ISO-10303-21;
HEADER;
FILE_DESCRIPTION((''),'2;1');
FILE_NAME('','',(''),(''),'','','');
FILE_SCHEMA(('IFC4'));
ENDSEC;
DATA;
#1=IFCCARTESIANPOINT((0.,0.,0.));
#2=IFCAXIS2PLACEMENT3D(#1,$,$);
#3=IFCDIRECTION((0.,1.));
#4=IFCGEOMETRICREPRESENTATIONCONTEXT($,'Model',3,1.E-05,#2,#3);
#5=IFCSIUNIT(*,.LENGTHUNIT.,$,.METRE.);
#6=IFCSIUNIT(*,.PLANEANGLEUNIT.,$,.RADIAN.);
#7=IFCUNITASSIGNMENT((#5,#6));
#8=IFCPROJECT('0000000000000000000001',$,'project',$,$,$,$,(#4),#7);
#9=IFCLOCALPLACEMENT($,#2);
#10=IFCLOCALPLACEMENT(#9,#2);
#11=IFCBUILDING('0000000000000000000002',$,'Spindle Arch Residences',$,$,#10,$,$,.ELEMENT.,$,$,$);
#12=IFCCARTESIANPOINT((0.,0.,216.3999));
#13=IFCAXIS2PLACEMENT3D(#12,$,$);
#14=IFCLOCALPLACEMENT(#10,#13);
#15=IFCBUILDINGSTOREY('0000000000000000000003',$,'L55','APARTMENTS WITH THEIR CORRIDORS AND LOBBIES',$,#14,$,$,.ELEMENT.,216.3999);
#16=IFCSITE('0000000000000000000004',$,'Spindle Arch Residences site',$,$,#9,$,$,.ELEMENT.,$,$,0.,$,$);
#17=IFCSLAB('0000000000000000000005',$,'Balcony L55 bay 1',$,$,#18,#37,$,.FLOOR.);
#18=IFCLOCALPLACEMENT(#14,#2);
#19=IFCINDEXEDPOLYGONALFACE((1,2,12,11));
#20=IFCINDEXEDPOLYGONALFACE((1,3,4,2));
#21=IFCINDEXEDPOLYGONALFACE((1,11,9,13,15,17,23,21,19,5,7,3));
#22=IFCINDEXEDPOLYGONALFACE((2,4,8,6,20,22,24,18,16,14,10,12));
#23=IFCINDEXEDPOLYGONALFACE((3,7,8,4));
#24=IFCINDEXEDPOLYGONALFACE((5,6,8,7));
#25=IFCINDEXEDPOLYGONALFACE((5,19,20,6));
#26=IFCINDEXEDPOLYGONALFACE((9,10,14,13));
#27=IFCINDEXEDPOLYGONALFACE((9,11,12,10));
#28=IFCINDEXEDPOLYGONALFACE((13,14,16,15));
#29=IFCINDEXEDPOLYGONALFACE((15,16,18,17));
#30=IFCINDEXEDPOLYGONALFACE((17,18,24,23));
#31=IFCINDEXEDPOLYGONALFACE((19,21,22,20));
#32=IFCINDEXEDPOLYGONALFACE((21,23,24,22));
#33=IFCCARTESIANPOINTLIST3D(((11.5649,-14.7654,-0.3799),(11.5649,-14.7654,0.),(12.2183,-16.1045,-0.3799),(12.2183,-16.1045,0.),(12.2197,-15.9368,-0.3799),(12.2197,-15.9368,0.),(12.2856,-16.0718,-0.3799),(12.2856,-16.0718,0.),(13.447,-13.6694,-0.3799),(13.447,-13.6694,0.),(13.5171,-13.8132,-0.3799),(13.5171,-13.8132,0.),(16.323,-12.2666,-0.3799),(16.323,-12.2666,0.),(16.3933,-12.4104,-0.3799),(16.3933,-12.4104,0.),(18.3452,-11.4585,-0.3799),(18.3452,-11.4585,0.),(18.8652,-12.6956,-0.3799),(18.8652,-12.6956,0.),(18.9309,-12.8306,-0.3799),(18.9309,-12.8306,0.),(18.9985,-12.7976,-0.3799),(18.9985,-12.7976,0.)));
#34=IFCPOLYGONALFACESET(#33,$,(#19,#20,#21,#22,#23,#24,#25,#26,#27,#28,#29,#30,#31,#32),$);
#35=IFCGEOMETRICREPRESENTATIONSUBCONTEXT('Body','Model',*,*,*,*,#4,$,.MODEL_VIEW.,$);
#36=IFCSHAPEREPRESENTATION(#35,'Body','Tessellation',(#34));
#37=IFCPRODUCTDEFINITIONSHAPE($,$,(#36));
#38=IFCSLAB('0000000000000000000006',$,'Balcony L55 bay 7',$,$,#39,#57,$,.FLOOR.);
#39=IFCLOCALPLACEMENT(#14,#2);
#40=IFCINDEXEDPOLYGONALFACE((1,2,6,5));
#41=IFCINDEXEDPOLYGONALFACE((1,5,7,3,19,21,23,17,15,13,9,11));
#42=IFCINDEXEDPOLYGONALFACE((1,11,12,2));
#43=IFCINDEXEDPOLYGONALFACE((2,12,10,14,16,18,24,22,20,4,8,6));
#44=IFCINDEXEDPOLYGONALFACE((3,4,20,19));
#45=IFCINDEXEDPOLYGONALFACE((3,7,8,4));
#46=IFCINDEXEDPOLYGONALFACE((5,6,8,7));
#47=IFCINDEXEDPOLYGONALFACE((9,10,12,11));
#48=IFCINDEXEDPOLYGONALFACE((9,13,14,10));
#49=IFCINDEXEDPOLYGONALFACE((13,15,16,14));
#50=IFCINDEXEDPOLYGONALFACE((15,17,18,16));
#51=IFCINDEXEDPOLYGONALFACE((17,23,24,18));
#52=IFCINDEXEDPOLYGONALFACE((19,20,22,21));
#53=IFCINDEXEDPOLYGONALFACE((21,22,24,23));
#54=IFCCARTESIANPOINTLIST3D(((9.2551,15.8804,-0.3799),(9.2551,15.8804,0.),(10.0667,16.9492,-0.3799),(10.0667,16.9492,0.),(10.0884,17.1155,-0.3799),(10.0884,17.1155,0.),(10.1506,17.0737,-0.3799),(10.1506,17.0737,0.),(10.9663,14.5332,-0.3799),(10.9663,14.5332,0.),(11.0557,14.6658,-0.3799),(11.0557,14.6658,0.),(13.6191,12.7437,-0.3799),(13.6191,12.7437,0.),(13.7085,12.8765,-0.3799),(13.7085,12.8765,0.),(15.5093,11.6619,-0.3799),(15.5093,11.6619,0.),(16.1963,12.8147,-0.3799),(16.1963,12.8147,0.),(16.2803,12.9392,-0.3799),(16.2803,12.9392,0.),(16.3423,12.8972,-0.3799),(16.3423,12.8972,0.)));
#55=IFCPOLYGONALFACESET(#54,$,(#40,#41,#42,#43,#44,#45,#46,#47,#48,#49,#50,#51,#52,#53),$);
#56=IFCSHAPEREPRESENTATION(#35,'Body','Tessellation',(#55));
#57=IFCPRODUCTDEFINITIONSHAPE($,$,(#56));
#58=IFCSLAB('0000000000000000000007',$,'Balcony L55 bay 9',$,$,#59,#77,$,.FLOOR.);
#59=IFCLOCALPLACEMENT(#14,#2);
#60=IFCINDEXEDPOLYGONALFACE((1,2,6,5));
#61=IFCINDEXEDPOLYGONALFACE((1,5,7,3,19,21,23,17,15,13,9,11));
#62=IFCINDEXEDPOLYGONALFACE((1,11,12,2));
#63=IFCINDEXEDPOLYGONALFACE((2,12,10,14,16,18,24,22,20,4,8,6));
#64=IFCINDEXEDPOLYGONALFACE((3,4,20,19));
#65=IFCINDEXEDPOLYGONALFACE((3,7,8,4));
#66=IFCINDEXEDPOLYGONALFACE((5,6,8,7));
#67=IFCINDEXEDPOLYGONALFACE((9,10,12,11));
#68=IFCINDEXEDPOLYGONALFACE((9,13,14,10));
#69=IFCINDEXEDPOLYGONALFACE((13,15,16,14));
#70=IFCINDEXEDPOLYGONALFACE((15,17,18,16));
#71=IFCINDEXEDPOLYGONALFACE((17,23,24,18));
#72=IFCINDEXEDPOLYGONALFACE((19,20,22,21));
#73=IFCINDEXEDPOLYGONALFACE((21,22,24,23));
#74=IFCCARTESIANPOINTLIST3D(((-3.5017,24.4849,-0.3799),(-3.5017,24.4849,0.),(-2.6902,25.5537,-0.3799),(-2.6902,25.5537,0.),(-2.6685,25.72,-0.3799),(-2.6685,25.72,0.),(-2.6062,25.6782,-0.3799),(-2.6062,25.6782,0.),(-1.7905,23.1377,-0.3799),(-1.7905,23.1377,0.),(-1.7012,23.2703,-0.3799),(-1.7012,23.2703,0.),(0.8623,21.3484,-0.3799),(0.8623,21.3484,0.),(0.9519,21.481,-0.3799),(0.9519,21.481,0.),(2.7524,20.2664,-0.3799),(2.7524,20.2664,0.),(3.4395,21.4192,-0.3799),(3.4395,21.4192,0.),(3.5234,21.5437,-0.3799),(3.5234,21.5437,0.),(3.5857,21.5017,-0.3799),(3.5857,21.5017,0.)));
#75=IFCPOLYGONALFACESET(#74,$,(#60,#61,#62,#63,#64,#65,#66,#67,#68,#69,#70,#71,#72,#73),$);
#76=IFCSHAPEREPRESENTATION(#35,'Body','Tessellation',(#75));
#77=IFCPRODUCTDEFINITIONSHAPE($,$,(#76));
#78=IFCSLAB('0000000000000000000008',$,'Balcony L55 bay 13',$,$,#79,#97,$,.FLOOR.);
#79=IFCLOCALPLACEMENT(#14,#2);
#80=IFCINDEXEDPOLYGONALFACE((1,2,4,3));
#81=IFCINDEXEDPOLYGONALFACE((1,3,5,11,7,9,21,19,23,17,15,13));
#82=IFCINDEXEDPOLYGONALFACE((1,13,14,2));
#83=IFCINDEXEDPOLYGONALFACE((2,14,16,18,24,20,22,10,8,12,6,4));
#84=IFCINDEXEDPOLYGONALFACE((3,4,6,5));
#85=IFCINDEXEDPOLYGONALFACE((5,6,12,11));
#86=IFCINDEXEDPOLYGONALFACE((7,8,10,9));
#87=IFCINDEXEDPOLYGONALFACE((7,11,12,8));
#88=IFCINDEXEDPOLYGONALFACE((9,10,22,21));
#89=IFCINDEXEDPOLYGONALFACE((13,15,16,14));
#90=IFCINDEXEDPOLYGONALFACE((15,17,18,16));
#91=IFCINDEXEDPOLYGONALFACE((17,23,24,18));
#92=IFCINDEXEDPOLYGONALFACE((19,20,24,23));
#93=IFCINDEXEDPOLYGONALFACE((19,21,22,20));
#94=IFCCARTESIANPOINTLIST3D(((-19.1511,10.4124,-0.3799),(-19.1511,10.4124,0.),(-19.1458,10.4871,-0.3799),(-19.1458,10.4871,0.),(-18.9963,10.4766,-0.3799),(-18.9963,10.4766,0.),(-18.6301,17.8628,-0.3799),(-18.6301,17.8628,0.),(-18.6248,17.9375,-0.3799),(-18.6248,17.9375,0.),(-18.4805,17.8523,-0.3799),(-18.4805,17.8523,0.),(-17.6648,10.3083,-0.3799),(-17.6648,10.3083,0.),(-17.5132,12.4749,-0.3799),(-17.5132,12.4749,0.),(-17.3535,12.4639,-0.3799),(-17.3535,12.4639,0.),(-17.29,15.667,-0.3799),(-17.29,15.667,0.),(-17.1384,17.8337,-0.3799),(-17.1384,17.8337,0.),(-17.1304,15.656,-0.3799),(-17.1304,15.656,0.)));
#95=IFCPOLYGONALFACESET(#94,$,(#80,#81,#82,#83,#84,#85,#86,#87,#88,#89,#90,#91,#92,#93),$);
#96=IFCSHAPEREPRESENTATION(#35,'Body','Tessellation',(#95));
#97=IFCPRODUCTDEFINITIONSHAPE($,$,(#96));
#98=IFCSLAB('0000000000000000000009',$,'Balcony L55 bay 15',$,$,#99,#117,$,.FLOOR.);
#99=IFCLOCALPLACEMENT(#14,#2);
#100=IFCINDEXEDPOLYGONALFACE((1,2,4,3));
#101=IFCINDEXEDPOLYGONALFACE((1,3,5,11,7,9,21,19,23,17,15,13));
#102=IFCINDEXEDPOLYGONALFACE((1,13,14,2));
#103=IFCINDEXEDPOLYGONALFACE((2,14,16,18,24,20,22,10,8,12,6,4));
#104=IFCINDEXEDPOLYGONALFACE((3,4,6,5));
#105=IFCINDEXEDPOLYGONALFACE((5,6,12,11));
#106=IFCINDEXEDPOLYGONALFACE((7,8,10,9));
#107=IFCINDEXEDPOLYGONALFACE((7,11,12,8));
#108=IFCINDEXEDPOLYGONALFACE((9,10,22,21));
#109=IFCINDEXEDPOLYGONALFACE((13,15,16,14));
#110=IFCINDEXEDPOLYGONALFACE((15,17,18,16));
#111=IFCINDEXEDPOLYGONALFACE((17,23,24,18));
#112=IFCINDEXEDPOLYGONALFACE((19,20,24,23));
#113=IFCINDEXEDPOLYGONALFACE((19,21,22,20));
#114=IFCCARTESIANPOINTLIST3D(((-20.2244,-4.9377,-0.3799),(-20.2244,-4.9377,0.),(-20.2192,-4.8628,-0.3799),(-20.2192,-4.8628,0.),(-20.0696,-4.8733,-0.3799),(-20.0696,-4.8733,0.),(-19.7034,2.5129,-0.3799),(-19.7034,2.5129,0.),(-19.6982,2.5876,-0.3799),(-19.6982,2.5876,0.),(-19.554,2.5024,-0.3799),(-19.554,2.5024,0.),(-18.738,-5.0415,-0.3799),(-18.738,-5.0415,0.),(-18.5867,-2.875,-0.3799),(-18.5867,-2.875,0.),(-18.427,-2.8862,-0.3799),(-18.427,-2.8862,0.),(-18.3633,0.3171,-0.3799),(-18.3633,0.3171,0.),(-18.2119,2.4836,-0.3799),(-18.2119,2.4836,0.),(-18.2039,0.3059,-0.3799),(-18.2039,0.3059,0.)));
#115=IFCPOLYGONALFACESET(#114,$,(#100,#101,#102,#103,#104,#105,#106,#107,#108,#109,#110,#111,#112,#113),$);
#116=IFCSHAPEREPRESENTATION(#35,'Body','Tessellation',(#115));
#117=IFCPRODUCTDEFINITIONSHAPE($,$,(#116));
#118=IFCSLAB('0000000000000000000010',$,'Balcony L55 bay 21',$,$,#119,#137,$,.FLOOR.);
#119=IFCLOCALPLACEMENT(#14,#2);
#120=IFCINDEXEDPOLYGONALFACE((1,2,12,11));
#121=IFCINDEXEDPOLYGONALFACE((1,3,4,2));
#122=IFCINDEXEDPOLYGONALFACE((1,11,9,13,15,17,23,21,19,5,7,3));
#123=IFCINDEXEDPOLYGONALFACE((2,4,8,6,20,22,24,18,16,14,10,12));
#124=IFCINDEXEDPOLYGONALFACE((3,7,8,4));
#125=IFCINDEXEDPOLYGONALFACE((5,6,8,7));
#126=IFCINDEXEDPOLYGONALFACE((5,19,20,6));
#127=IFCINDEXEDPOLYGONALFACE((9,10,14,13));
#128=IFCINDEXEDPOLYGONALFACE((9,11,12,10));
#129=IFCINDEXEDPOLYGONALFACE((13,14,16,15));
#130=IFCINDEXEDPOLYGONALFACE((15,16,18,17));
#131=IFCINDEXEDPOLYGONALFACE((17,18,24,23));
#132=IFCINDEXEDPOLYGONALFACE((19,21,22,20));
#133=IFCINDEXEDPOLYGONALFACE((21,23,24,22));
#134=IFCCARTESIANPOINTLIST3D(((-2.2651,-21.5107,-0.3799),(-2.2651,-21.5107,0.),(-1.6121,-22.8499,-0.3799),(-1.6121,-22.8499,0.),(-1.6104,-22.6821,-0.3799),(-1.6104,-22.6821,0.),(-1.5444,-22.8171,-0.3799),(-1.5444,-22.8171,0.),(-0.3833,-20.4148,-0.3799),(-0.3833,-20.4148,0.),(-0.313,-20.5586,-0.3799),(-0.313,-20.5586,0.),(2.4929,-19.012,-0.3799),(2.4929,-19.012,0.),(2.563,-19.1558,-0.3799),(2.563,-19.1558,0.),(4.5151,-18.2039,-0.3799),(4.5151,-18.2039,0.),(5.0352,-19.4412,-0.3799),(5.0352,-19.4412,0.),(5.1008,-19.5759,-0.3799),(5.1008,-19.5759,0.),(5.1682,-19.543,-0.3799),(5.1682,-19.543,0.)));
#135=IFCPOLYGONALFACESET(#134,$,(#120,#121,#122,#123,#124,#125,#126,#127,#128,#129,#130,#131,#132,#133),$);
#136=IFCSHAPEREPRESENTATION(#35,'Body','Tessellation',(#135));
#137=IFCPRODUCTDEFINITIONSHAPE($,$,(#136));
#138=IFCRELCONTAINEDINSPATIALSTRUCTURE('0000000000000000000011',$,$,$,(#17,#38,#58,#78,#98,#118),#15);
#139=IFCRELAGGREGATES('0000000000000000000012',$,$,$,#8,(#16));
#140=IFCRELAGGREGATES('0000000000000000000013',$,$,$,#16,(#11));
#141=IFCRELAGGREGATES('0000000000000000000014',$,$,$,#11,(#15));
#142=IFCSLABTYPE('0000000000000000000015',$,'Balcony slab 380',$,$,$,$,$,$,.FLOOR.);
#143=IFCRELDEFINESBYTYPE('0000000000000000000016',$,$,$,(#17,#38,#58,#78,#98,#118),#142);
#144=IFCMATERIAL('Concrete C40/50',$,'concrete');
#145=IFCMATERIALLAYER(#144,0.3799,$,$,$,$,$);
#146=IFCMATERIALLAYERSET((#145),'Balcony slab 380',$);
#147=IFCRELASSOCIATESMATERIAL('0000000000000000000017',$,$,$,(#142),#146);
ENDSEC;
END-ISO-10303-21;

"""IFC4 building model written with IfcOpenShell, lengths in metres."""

from ifc_helpers import new_model, si_unit, direction, frame, origin, place, context, subcontext, project, spatial, polyline, outline, extrude, material, layer, layer_set, type_object, element, save


model = new_model("IFC4")

# Units and contexts
model_context = context("Model", 3, precision=1e-05, world=origin(), true_north=direction((0.0, 1.0)))
body_context = subcontext(model_context, "Body", "Model", "MODEL_VIEW")
ifc_project = project(units=[si_unit("LENGTHUNIT", "METRE"), si_unit("PLANEANGLEUNIT", "RADIAN")], contexts=[model_context])

# Site, building, storey
site_placement = place(None, origin())
site = spatial("IfcSite", under=ifc_project, at=site_placement, Name="Spindle Arch Residences site", CompositionType="ELEMENT", RefElevation=0.0)
building_placement = place(site_placement, origin())
building = spatial("IfcBuilding", under=site, at=building_placement, Name="Spindle Arch Residences", CompositionType="ELEMENT")
storey_placement = place(building_placement, frame((0.0, 0.0, 216.3999)))
storey = spatial("IfcBuildingStorey", under=building, at=storey_placement, Name="L55", Description="APARTMENTS WITH THEIR CORRIDORS AND LOBBIES", CompositionType="ELEMENT", Elevation=216.3999)

# Slabs
ifc_material_1 = material(Name="Concrete C40/50", Category="concrete")
ifc_layer_1 = layer(ifc_material_1, 0.3799)
ifc_layer_set_1 = layer_set([ifc_layer_1], Name="Balcony slab 380")
slab_type_1 = type_object("IfcSlabType", Name="Balcony slab 380", PredefinedType="FLOOR", material=ifc_layer_set_1)
slab_1_placement = place(storey_placement, frame((0.0, 0.0, -0.3799)))
element("IfcSlab", 1, at=slab_1_placement, inside=storey, type_object=slab_type_1, Name="Balcony L55 bay 1", PredefinedType="FLOOR", context=body_context, shape_type="SweptSolid", body=[
    extrude(outline(polyline([(12.2183, -16.1045), (12.2856, -16.0718), (12.2197, -15.9368), (18.8652, -12.6956), (18.9309, -12.8306), (18.9985, -12.7976), (18.3452, -11.4585), (16.3933, -12.4104), (16.323, -12.2666), (13.447, -13.6694), (13.5171, -13.8132), (11.5649, -14.7654), (12.2183, -16.1045)])), origin(), (0.0, 0.0, 1.0), 0.3799),
])
slab_2_placement = place(storey_placement, frame((0.0, 0.0, -0.3799)))
element("IfcSlab", 2, at=slab_2_placement, inside=storey, type_object=slab_type_1, Name="Balcony L55 bay 7", PredefinedType="FLOOR", context=body_context, shape_type="SweptSolid", body=[
    extrude(outline(polyline([(16.3423, 12.8972), (16.2803, 12.9392), (16.1963, 12.8147), (10.0667, 16.9492), (10.1506, 17.0737), (10.0884, 17.1155), (9.2551, 15.8804), (11.0557, 14.6658), (10.9663, 14.5332), (13.6191, 12.7437), (13.7085, 12.8765), (15.5093, 11.6619), (16.3423, 12.8972)])), origin(), (0.0, 0.0, 1.0), 0.3799),
])
slab_3_placement = place(storey_placement, frame((0.0, 0.0, -0.3799)))
element("IfcSlab", 3, at=slab_3_placement, inside=storey, type_object=slab_type_1, Name="Balcony L55 bay 9", PredefinedType="FLOOR", context=body_context, shape_type="SweptSolid", body=[
    extrude(outline(polyline([(3.5857, 21.5017), (3.5234, 21.5437), (3.4395, 21.4192), (-2.6902, 25.5537), (-2.6062, 25.6782), (-2.6685, 25.72), (-3.5017, 24.4849), (-1.7012, 23.2703), (-1.7905, 23.1377), (0.8623, 21.3484), (0.9519, 21.481), (2.7524, 20.2664), (3.5857, 21.5017)])), origin(), (0.0, 0.0, 1.0), 0.3799),
])
slab_4_placement = place(storey_placement, frame((0.0, 0.0, -0.3799)))
element("IfcSlab", 4, at=slab_4_placement, inside=storey, type_object=slab_type_1, Name="Balcony L55 bay 13", PredefinedType="FLOOR", context=body_context, shape_type="SweptSolid", body=[
    extrude(outline(polyline([(-18.6248, 17.9375), (-18.6301, 17.8628), (-18.4805, 17.8523), (-18.9963, 10.4766), (-19.1458, 10.4871), (-19.1511, 10.4124), (-17.6648, 10.3083), (-17.5132, 12.4749), (-17.3535, 12.4639), (-17.1304, 15.656), (-17.29, 15.667), (-17.1384, 17.8337), (-18.6248, 17.9375)])), origin(), (0.0, 0.0, 1.0), 0.3799),
])
slab_5_placement = place(storey_placement, frame((0.0, 0.0, -0.3799)))
element("IfcSlab", 5, at=slab_5_placement, inside=storey, type_object=slab_type_1, Name="Balcony L55 bay 15", PredefinedType="FLOOR", context=body_context, shape_type="SweptSolid", body=[
    extrude(outline(polyline([(-19.6982, 2.5876), (-19.7034, 2.5129), (-19.554, 2.5024), (-20.0696, -4.8733), (-20.2192, -4.8628), (-20.2244, -4.9377), (-18.738, -5.0415), (-18.5867, -2.875), (-18.427, -2.8862), (-18.2039, 0.3059), (-18.3633, 0.3171), (-18.2119, 2.4836), (-19.6982, 2.5876)])), origin(), (0.0, 0.0, 1.0), 0.3799),
])
slab_6_placement = place(storey_placement, frame((0.0, 0.0, -0.3799)))
element("IfcSlab", 6, at=slab_6_placement, inside=storey, type_object=slab_type_1, Name="Balcony L55 bay 21", PredefinedType="FLOOR", context=body_context, shape_type="SweptSolid", body=[
    extrude(outline(polyline([(-1.6121, -22.8499), (-1.5444, -22.8171), (-1.6104, -22.6821), (5.0352, -19.4412), (5.1008, -19.5759), (5.1682, -19.543), (4.5151, -18.2039), (2.563, -19.1558), (2.4929, -19.012), (-0.3833, -20.4148), (-0.313, -20.5586), (-2.2651, -21.5107), (-1.6121, -22.8499)])), origin(), (0.0, 0.0, 1.0), 0.3799),
])

save(model, "model.ifc")
